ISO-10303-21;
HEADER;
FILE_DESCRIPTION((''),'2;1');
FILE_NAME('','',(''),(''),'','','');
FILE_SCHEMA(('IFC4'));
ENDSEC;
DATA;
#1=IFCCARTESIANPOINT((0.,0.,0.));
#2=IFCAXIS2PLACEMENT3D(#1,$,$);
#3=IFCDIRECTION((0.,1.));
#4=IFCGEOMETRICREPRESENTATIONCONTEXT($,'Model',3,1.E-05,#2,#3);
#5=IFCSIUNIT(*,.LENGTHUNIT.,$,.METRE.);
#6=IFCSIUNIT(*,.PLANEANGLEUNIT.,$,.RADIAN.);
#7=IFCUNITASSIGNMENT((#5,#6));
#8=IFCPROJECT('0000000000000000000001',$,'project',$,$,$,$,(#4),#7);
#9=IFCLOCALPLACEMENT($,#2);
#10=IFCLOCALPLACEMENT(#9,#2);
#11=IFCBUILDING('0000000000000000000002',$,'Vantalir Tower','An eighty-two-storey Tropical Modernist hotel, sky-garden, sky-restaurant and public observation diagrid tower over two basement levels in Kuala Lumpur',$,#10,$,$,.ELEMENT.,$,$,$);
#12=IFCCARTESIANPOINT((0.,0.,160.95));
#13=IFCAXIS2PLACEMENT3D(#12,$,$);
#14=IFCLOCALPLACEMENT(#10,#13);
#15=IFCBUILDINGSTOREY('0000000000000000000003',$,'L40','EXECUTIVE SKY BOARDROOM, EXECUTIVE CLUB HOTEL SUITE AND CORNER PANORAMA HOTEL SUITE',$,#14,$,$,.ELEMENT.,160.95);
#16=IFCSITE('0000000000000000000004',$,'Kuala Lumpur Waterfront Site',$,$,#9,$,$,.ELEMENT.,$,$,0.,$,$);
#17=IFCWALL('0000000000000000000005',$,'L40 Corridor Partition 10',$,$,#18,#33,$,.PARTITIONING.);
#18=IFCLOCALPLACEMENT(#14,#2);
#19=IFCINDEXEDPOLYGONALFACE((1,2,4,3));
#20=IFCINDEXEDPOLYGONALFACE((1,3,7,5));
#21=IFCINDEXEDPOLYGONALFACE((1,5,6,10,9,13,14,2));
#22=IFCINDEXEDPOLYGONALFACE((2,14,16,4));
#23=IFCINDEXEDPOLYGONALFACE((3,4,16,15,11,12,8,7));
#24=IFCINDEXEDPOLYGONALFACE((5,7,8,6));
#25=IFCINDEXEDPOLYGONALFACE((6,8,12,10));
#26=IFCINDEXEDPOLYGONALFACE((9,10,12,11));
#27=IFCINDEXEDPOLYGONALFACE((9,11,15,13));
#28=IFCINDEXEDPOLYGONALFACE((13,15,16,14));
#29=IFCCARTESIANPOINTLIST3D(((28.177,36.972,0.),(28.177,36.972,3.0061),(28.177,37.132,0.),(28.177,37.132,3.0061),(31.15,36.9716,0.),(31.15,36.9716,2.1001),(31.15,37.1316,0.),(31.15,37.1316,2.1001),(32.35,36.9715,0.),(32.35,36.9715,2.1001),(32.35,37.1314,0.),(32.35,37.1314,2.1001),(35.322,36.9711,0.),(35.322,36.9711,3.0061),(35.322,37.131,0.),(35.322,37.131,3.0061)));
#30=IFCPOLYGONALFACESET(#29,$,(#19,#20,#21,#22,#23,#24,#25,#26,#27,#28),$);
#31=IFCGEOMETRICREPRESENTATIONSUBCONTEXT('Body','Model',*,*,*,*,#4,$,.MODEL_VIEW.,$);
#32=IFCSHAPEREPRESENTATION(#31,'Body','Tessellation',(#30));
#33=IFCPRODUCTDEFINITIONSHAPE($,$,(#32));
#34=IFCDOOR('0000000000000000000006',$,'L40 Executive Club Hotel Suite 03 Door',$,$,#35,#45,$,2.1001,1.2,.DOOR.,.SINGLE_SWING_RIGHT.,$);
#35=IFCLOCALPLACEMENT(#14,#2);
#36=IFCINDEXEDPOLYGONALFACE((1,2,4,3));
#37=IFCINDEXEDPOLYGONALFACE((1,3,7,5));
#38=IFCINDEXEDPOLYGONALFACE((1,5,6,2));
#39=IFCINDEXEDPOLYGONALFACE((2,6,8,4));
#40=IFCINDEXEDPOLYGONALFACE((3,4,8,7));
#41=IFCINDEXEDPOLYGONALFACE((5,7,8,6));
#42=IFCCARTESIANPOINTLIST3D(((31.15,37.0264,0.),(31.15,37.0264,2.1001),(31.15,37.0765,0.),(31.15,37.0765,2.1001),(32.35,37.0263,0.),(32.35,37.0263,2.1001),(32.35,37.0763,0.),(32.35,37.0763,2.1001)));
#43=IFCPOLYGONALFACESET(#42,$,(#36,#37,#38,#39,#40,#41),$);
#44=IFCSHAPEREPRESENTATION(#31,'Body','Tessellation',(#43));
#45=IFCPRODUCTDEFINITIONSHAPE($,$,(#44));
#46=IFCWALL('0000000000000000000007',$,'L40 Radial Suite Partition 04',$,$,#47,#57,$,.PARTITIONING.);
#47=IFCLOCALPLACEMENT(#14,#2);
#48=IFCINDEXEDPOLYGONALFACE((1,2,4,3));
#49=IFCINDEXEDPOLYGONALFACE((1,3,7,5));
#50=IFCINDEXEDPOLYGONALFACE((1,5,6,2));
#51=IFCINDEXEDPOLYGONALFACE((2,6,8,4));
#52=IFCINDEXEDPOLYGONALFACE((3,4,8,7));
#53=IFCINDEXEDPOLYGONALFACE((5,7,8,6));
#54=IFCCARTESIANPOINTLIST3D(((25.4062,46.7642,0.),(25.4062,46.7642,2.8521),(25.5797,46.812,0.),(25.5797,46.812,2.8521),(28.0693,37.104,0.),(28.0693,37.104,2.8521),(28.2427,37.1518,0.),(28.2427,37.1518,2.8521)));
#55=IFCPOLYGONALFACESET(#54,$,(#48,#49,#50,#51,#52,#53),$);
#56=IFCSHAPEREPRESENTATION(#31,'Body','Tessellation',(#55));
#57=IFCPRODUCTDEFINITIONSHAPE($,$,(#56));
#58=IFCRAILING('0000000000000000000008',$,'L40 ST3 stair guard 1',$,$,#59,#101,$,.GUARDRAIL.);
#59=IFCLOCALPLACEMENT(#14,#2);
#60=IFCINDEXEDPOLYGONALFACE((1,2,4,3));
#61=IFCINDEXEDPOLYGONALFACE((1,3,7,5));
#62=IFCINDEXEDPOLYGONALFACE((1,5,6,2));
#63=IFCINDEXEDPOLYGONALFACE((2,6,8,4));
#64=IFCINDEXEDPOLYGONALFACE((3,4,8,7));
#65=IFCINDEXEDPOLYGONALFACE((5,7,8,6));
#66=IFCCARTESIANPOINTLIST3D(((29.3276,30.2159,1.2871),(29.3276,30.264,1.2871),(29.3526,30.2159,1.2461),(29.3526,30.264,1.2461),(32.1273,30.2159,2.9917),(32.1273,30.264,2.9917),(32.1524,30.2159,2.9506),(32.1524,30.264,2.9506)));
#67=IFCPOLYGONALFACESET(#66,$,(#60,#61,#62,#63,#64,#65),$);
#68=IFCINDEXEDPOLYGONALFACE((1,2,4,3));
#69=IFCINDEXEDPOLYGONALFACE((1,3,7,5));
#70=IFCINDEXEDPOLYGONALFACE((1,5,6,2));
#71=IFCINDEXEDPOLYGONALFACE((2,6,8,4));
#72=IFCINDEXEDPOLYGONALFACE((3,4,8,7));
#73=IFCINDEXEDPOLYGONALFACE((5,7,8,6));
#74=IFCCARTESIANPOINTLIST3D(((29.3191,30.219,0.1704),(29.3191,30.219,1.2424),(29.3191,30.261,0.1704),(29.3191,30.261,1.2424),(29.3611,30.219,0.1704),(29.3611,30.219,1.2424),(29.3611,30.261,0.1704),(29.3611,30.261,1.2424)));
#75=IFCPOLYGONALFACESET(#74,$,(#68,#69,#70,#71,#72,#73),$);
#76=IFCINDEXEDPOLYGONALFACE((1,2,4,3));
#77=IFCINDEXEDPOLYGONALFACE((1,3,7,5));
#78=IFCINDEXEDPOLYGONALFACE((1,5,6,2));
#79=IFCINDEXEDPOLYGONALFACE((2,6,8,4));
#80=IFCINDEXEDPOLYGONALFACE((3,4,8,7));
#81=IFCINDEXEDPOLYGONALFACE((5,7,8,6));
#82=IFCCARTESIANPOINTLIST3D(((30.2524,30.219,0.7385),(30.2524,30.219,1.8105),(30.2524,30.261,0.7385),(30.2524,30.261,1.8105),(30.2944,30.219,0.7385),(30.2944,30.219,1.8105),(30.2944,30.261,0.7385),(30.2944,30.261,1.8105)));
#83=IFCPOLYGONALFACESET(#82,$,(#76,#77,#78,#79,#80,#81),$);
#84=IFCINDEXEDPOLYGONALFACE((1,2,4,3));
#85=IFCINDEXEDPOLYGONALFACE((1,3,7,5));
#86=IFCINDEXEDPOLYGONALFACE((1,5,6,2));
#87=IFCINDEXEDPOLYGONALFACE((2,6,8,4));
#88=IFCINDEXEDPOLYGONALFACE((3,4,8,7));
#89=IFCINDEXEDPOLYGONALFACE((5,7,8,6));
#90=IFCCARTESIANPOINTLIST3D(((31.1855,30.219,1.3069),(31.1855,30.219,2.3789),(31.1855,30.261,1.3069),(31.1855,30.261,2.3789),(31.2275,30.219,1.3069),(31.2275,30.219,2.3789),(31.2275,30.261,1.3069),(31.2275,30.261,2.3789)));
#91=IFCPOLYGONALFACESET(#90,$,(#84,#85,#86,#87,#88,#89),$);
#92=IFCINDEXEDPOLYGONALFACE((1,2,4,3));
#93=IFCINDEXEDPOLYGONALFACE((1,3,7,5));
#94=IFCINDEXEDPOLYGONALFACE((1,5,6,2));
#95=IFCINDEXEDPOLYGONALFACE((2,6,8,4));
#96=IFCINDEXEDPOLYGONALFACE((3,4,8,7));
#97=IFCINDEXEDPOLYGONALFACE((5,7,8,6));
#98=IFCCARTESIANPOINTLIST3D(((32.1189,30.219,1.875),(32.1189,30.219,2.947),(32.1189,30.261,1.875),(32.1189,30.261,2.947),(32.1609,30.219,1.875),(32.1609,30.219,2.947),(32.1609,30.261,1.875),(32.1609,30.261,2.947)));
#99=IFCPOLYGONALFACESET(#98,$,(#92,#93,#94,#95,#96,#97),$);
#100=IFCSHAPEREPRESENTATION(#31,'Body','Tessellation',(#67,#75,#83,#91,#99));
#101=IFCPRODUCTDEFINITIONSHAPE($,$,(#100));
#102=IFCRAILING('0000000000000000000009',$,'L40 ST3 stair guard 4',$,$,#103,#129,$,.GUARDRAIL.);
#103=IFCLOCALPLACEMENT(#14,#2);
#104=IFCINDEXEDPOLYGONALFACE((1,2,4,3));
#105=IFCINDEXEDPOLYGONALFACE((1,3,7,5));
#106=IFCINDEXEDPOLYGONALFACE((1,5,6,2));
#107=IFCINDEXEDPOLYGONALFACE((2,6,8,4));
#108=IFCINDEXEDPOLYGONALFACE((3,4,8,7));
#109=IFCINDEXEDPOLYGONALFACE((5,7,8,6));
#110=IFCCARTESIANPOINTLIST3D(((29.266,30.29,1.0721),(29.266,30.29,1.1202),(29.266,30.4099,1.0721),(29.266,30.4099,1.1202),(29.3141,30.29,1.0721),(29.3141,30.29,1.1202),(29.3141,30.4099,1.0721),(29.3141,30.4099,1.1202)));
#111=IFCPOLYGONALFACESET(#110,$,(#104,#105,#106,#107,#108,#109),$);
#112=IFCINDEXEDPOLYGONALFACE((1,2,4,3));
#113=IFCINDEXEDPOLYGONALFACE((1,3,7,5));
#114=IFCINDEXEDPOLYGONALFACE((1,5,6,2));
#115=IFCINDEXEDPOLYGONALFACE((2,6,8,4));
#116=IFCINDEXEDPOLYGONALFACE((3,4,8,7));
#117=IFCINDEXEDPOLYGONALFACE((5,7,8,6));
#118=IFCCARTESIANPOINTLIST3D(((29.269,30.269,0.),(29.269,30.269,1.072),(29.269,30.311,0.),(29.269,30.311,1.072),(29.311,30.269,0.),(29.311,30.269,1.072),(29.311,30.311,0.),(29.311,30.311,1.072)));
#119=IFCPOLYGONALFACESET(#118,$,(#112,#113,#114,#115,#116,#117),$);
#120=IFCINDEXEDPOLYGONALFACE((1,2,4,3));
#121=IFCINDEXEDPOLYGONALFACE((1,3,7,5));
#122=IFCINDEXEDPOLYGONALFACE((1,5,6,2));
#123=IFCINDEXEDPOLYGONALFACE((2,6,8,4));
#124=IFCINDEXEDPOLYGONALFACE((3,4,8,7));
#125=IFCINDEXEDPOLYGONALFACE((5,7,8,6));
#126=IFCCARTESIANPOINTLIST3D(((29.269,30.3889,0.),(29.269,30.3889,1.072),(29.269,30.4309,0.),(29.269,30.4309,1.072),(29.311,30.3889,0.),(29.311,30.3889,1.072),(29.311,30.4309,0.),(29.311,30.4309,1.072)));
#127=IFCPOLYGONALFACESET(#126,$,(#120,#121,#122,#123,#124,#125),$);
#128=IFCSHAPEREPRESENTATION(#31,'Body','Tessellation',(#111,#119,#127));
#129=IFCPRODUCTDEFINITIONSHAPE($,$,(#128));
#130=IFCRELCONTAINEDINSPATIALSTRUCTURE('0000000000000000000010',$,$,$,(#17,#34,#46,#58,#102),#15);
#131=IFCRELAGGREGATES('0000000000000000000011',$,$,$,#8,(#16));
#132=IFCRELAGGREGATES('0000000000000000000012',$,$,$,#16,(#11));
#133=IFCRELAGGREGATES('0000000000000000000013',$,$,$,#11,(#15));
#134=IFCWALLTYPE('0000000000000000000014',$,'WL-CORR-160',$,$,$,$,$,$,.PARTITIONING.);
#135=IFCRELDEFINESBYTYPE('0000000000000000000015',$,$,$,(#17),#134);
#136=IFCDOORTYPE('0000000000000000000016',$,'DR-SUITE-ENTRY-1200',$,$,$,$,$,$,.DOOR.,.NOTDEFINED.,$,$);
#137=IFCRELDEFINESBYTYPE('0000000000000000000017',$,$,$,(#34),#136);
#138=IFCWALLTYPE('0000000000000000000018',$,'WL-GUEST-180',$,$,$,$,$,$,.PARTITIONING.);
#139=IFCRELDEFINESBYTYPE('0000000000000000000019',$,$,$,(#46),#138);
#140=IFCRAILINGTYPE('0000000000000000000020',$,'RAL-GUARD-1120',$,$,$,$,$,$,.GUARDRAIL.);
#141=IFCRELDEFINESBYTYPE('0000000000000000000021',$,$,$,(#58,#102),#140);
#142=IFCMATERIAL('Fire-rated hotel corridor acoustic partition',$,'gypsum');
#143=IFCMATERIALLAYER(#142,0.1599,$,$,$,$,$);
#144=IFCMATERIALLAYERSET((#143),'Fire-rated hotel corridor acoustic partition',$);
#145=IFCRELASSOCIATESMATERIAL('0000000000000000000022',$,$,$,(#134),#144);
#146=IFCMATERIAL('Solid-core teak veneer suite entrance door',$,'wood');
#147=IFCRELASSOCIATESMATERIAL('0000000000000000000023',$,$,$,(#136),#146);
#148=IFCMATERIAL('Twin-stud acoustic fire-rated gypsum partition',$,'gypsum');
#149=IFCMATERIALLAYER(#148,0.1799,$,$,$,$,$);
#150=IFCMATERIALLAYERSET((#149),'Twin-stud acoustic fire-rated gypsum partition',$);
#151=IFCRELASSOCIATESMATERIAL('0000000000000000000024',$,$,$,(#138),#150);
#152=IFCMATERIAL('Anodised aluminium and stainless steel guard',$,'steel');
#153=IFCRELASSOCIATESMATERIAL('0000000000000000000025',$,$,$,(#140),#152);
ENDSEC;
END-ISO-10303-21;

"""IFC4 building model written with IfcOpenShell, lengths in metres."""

from ifc_helpers import new_model, si_unit, direction, frame, frame_2d, origin, origin_2d, place, context, subcontext, project, spatial, rectangle, extrude, material, layer, layer_set, type_object, element, fill, save


model = new_model("IFC4")

# Units and contexts
model_context = context("Model", 3, precision=1e-05, world=origin(), true_north=direction((0.0, 1.0)))
body_context = subcontext(model_context, "Body", "Model", "MODEL_VIEW")
ifc_project = project(units=[si_unit("LENGTHUNIT", "METRE"), si_unit("PLANEANGLEUNIT", "RADIAN")], contexts=[model_context])

# Site, building, storey
site_placement = place(None, origin())
site = spatial("IfcSite", under=ifc_project, at=site_placement, Name="Kuala Lumpur Waterfront Site", CompositionType="ELEMENT", RefElevation=0.0)
building_placement = place(site_placement, origin())
building = spatial("IfcBuilding", under=site, at=building_placement, Name="Vantalir Tower", Description="An eighty-two-storey Tropical Modernist hotel, sky-garden, sky-restaurant and public observation diagrid tower over two basement levels in Kuala Lumpur", CompositionType="ELEMENT")
storey_placement = place(building_placement, frame((0.0, 0.0, 160.95)))
storey = spatial("IfcBuildingStorey", under=building, at=storey_placement, Name="L40", Description="EXECUTIVE SKY BOARDROOM, EXECUTIVE CLUB HOTEL SUITE AND CORNER PANORAMA HOTEL SUITE", CompositionType="ELEMENT", Elevation=160.95)

# Shared definitions
ifc_material_1 = material(Name="Fire-rated hotel corridor acoustic partition", Category="gypsum")
ifc_layer_1 = layer(ifc_material_1, 0.1599)
ifc_layer_set_1 = layer_set([ifc_layer_1], Name="Fire-rated hotel corridor acoustic partition")
wall_type_1 = type_object("IfcWallType", Name="WL-CORR-160", PredefinedType="PARTITIONING", material=ifc_layer_set_1)
ifc_material_2 = material(Name="Solid-core teak veneer suite entrance door", Category="wood")
door_type_1 = type_object("IfcDoorType", Name="DR-SUITE-ENTRY-1200", OperationType="NOTDEFINED", PredefinedType="DOOR", material=ifc_material_2)

# Wall, opening, door
wall_1_placement = place(storey_placement, frame((28.177, 37.052, 0.0), z_axis=(0.0, 0.0, 1.0), x_axis=(1.0, -0.000137, 0.0)))
wall_1 = element("IfcWall", 1, at=wall_1_placement, inside=storey, type_object=wall_type_1, Name="L40 Corridor Partition 10", PredefinedType="PARTITIONING", context=body_context, shape_type="SweptSolid", body=[
    extrude(rectangle(XDim=7.145, YDim=0.1599, at=frame_2d((3.5725, 0.0))), origin(), (0.0, 0.0, 1.0), 3.0061),
])
opening_1_placement = place(wall_1_placement, frame((2.9729, 0.0, 0.0)))
opening_1 = element("IfcOpeningElement", 2, at=opening_1_placement, cuts=wall_1, PredefinedType="OPENING", context=body_context, shape_type="SweptSolid", body=[
    extrude(rectangle(XDim=1.2, YDim=2.1001, at=frame_2d((0.6001, 1.05))), frame((0.0, 0.0898, 0.0), z_axis=(0.0, -1.0, 0.0), x_axis=(1.0, 0.0, 0.0)), (0.0, 0.0, 1.0), 0.1799),
])
door_1_placement = place(opening_1_placement, origin())
door_1 = element("IfcDoor", 3, at=door_1_placement, inside=storey, type_object=door_type_1, Name="L40 Executive Club Hotel Suite 03 Door", OperationType="SINGLE_SWING_RIGHT", OverallHeight=2.1001, OverallWidth=1.2, PredefinedType="DOOR", context=body_context, shape_type="SweptSolid", body=[
    extrude(rectangle(XDim=1.2, YDim=2.1001, at=frame_2d((0.6001, 1.05))), frame((0.0, 0.0249, 0.0), z_axis=(0.0, -1.0, 0.0), x_axis=(1.0, 0.0, 0.0)), (0.0, 0.0, 1.0), 0.05),
])
fill(opening_1, door_1)

# Wall
ifc_material_3 = material(Name="Twin-stud acoustic fire-rated gypsum partition", Category="gypsum")
ifc_layer_2 = layer(ifc_material_3, 0.1799)
ifc_layer_set_2 = layer_set([ifc_layer_2], Name="Twin-stud acoustic fire-rated gypsum partition")
wall_type_2 = type_object("IfcWallType", Name="WL-GUEST-180", PredefinedType="PARTITIONING", material=ifc_layer_set_2)
wall_2_placement = place(storey_placement, frame((28.156, 37.1279, 0.0), z_axis=(0.0, 0.0, 1.0), x_axis=(-0.265763, 0.964038, 0.0)))
element("IfcWall", 4, at=wall_2_placement, inside=storey, type_object=wall_type_2, Name="L40 Radial Suite Partition 04", PredefinedType="PARTITIONING", context=body_context, shape_type="SweptSolid", body=[
    extrude(rectangle(XDim=10.0205, YDim=0.1799, at=frame_2d((5.0103, 0.0))), origin(), (0.0, 0.0, 1.0), 2.8521),
])

# Railings
ifc_material_4 = material(Name="Anodised aluminium and stainless steel guard", Category="steel")
railing_type = type_object("IfcRailingType", Name="RAL-GUARD-1120", PredefinedType="GUARDRAIL", material=ifc_material_4)
railing_1_placement = place(storey_placement, frame((29.3401, 30.24, 0.1704)))
element("IfcRailing", 5, at=railing_1_placement, inside=storey, type_object=railing_type, Name="L40 ST3 stair guard 1", PredefinedType="GUARDRAIL", context=body_context, shape_type="SweptSolid", body=[
    extrude(rectangle(XDim=0.0481, YDim=0.0481, at=origin_2d()), frame((0.0, 0.0, 1.0962), z_axis=(0.85415, 0.0, 0.520027), x_axis=(0.0, 1.0, 0.0)), (0.0, 0.0, 1.0), 3.2778),
    extrude(rectangle(XDim=0.042, YDim=0.042, at=origin_2d()), origin(), (0.0, 0.0, 1.0), 1.072),
    extrude(rectangle(XDim=0.042, YDim=0.042, at=origin_2d()), frame((0.9333, 0.0, 0.5681)), (0.0, 0.0, 1.0), 1.072),
    extrude(rectangle(XDim=0.042, YDim=0.042, at=origin_2d()), frame((1.8665, 0.0, 1.1365)), (0.0, 0.0, 1.0), 1.072),
    extrude(rectangle(XDim=0.042, YDim=0.042, at=origin_2d()), frame((2.7998, 0.0, 1.7046)), (0.0, 0.0, 1.0), 1.072),
])
railing_2_placement = place(storey_placement, frame((29.29, 30.29, 0.0)))
element("IfcRailing", 6, at=railing_2_placement, inside=storey, type_object=railing_type, Name="L40 ST3 stair guard 4", PredefinedType="GUARDRAIL", context=body_context, shape_type="SweptSolid", body=[
    extrude(rectangle(XDim=0.0481, YDim=0.0481, at=origin_2d()), frame((0.0, 0.0, 1.0962), z_axis=(0.0, 1.0, 0.0), x_axis=(-1.0, 0.0, 0.0)), (0.0, 0.0, 1.0), 0.1199),
    extrude(rectangle(XDim=0.042, YDim=0.042, at=origin_2d()), origin(), (0.0, 0.0, 1.0), 1.072),
    extrude(rectangle(XDim=0.042, YDim=0.042, at=origin_2d()), frame((0.0, 0.1199, 0.0)), (0.0, 0.0, 1.0), 1.072),
])

save(model, "model.ifc")
